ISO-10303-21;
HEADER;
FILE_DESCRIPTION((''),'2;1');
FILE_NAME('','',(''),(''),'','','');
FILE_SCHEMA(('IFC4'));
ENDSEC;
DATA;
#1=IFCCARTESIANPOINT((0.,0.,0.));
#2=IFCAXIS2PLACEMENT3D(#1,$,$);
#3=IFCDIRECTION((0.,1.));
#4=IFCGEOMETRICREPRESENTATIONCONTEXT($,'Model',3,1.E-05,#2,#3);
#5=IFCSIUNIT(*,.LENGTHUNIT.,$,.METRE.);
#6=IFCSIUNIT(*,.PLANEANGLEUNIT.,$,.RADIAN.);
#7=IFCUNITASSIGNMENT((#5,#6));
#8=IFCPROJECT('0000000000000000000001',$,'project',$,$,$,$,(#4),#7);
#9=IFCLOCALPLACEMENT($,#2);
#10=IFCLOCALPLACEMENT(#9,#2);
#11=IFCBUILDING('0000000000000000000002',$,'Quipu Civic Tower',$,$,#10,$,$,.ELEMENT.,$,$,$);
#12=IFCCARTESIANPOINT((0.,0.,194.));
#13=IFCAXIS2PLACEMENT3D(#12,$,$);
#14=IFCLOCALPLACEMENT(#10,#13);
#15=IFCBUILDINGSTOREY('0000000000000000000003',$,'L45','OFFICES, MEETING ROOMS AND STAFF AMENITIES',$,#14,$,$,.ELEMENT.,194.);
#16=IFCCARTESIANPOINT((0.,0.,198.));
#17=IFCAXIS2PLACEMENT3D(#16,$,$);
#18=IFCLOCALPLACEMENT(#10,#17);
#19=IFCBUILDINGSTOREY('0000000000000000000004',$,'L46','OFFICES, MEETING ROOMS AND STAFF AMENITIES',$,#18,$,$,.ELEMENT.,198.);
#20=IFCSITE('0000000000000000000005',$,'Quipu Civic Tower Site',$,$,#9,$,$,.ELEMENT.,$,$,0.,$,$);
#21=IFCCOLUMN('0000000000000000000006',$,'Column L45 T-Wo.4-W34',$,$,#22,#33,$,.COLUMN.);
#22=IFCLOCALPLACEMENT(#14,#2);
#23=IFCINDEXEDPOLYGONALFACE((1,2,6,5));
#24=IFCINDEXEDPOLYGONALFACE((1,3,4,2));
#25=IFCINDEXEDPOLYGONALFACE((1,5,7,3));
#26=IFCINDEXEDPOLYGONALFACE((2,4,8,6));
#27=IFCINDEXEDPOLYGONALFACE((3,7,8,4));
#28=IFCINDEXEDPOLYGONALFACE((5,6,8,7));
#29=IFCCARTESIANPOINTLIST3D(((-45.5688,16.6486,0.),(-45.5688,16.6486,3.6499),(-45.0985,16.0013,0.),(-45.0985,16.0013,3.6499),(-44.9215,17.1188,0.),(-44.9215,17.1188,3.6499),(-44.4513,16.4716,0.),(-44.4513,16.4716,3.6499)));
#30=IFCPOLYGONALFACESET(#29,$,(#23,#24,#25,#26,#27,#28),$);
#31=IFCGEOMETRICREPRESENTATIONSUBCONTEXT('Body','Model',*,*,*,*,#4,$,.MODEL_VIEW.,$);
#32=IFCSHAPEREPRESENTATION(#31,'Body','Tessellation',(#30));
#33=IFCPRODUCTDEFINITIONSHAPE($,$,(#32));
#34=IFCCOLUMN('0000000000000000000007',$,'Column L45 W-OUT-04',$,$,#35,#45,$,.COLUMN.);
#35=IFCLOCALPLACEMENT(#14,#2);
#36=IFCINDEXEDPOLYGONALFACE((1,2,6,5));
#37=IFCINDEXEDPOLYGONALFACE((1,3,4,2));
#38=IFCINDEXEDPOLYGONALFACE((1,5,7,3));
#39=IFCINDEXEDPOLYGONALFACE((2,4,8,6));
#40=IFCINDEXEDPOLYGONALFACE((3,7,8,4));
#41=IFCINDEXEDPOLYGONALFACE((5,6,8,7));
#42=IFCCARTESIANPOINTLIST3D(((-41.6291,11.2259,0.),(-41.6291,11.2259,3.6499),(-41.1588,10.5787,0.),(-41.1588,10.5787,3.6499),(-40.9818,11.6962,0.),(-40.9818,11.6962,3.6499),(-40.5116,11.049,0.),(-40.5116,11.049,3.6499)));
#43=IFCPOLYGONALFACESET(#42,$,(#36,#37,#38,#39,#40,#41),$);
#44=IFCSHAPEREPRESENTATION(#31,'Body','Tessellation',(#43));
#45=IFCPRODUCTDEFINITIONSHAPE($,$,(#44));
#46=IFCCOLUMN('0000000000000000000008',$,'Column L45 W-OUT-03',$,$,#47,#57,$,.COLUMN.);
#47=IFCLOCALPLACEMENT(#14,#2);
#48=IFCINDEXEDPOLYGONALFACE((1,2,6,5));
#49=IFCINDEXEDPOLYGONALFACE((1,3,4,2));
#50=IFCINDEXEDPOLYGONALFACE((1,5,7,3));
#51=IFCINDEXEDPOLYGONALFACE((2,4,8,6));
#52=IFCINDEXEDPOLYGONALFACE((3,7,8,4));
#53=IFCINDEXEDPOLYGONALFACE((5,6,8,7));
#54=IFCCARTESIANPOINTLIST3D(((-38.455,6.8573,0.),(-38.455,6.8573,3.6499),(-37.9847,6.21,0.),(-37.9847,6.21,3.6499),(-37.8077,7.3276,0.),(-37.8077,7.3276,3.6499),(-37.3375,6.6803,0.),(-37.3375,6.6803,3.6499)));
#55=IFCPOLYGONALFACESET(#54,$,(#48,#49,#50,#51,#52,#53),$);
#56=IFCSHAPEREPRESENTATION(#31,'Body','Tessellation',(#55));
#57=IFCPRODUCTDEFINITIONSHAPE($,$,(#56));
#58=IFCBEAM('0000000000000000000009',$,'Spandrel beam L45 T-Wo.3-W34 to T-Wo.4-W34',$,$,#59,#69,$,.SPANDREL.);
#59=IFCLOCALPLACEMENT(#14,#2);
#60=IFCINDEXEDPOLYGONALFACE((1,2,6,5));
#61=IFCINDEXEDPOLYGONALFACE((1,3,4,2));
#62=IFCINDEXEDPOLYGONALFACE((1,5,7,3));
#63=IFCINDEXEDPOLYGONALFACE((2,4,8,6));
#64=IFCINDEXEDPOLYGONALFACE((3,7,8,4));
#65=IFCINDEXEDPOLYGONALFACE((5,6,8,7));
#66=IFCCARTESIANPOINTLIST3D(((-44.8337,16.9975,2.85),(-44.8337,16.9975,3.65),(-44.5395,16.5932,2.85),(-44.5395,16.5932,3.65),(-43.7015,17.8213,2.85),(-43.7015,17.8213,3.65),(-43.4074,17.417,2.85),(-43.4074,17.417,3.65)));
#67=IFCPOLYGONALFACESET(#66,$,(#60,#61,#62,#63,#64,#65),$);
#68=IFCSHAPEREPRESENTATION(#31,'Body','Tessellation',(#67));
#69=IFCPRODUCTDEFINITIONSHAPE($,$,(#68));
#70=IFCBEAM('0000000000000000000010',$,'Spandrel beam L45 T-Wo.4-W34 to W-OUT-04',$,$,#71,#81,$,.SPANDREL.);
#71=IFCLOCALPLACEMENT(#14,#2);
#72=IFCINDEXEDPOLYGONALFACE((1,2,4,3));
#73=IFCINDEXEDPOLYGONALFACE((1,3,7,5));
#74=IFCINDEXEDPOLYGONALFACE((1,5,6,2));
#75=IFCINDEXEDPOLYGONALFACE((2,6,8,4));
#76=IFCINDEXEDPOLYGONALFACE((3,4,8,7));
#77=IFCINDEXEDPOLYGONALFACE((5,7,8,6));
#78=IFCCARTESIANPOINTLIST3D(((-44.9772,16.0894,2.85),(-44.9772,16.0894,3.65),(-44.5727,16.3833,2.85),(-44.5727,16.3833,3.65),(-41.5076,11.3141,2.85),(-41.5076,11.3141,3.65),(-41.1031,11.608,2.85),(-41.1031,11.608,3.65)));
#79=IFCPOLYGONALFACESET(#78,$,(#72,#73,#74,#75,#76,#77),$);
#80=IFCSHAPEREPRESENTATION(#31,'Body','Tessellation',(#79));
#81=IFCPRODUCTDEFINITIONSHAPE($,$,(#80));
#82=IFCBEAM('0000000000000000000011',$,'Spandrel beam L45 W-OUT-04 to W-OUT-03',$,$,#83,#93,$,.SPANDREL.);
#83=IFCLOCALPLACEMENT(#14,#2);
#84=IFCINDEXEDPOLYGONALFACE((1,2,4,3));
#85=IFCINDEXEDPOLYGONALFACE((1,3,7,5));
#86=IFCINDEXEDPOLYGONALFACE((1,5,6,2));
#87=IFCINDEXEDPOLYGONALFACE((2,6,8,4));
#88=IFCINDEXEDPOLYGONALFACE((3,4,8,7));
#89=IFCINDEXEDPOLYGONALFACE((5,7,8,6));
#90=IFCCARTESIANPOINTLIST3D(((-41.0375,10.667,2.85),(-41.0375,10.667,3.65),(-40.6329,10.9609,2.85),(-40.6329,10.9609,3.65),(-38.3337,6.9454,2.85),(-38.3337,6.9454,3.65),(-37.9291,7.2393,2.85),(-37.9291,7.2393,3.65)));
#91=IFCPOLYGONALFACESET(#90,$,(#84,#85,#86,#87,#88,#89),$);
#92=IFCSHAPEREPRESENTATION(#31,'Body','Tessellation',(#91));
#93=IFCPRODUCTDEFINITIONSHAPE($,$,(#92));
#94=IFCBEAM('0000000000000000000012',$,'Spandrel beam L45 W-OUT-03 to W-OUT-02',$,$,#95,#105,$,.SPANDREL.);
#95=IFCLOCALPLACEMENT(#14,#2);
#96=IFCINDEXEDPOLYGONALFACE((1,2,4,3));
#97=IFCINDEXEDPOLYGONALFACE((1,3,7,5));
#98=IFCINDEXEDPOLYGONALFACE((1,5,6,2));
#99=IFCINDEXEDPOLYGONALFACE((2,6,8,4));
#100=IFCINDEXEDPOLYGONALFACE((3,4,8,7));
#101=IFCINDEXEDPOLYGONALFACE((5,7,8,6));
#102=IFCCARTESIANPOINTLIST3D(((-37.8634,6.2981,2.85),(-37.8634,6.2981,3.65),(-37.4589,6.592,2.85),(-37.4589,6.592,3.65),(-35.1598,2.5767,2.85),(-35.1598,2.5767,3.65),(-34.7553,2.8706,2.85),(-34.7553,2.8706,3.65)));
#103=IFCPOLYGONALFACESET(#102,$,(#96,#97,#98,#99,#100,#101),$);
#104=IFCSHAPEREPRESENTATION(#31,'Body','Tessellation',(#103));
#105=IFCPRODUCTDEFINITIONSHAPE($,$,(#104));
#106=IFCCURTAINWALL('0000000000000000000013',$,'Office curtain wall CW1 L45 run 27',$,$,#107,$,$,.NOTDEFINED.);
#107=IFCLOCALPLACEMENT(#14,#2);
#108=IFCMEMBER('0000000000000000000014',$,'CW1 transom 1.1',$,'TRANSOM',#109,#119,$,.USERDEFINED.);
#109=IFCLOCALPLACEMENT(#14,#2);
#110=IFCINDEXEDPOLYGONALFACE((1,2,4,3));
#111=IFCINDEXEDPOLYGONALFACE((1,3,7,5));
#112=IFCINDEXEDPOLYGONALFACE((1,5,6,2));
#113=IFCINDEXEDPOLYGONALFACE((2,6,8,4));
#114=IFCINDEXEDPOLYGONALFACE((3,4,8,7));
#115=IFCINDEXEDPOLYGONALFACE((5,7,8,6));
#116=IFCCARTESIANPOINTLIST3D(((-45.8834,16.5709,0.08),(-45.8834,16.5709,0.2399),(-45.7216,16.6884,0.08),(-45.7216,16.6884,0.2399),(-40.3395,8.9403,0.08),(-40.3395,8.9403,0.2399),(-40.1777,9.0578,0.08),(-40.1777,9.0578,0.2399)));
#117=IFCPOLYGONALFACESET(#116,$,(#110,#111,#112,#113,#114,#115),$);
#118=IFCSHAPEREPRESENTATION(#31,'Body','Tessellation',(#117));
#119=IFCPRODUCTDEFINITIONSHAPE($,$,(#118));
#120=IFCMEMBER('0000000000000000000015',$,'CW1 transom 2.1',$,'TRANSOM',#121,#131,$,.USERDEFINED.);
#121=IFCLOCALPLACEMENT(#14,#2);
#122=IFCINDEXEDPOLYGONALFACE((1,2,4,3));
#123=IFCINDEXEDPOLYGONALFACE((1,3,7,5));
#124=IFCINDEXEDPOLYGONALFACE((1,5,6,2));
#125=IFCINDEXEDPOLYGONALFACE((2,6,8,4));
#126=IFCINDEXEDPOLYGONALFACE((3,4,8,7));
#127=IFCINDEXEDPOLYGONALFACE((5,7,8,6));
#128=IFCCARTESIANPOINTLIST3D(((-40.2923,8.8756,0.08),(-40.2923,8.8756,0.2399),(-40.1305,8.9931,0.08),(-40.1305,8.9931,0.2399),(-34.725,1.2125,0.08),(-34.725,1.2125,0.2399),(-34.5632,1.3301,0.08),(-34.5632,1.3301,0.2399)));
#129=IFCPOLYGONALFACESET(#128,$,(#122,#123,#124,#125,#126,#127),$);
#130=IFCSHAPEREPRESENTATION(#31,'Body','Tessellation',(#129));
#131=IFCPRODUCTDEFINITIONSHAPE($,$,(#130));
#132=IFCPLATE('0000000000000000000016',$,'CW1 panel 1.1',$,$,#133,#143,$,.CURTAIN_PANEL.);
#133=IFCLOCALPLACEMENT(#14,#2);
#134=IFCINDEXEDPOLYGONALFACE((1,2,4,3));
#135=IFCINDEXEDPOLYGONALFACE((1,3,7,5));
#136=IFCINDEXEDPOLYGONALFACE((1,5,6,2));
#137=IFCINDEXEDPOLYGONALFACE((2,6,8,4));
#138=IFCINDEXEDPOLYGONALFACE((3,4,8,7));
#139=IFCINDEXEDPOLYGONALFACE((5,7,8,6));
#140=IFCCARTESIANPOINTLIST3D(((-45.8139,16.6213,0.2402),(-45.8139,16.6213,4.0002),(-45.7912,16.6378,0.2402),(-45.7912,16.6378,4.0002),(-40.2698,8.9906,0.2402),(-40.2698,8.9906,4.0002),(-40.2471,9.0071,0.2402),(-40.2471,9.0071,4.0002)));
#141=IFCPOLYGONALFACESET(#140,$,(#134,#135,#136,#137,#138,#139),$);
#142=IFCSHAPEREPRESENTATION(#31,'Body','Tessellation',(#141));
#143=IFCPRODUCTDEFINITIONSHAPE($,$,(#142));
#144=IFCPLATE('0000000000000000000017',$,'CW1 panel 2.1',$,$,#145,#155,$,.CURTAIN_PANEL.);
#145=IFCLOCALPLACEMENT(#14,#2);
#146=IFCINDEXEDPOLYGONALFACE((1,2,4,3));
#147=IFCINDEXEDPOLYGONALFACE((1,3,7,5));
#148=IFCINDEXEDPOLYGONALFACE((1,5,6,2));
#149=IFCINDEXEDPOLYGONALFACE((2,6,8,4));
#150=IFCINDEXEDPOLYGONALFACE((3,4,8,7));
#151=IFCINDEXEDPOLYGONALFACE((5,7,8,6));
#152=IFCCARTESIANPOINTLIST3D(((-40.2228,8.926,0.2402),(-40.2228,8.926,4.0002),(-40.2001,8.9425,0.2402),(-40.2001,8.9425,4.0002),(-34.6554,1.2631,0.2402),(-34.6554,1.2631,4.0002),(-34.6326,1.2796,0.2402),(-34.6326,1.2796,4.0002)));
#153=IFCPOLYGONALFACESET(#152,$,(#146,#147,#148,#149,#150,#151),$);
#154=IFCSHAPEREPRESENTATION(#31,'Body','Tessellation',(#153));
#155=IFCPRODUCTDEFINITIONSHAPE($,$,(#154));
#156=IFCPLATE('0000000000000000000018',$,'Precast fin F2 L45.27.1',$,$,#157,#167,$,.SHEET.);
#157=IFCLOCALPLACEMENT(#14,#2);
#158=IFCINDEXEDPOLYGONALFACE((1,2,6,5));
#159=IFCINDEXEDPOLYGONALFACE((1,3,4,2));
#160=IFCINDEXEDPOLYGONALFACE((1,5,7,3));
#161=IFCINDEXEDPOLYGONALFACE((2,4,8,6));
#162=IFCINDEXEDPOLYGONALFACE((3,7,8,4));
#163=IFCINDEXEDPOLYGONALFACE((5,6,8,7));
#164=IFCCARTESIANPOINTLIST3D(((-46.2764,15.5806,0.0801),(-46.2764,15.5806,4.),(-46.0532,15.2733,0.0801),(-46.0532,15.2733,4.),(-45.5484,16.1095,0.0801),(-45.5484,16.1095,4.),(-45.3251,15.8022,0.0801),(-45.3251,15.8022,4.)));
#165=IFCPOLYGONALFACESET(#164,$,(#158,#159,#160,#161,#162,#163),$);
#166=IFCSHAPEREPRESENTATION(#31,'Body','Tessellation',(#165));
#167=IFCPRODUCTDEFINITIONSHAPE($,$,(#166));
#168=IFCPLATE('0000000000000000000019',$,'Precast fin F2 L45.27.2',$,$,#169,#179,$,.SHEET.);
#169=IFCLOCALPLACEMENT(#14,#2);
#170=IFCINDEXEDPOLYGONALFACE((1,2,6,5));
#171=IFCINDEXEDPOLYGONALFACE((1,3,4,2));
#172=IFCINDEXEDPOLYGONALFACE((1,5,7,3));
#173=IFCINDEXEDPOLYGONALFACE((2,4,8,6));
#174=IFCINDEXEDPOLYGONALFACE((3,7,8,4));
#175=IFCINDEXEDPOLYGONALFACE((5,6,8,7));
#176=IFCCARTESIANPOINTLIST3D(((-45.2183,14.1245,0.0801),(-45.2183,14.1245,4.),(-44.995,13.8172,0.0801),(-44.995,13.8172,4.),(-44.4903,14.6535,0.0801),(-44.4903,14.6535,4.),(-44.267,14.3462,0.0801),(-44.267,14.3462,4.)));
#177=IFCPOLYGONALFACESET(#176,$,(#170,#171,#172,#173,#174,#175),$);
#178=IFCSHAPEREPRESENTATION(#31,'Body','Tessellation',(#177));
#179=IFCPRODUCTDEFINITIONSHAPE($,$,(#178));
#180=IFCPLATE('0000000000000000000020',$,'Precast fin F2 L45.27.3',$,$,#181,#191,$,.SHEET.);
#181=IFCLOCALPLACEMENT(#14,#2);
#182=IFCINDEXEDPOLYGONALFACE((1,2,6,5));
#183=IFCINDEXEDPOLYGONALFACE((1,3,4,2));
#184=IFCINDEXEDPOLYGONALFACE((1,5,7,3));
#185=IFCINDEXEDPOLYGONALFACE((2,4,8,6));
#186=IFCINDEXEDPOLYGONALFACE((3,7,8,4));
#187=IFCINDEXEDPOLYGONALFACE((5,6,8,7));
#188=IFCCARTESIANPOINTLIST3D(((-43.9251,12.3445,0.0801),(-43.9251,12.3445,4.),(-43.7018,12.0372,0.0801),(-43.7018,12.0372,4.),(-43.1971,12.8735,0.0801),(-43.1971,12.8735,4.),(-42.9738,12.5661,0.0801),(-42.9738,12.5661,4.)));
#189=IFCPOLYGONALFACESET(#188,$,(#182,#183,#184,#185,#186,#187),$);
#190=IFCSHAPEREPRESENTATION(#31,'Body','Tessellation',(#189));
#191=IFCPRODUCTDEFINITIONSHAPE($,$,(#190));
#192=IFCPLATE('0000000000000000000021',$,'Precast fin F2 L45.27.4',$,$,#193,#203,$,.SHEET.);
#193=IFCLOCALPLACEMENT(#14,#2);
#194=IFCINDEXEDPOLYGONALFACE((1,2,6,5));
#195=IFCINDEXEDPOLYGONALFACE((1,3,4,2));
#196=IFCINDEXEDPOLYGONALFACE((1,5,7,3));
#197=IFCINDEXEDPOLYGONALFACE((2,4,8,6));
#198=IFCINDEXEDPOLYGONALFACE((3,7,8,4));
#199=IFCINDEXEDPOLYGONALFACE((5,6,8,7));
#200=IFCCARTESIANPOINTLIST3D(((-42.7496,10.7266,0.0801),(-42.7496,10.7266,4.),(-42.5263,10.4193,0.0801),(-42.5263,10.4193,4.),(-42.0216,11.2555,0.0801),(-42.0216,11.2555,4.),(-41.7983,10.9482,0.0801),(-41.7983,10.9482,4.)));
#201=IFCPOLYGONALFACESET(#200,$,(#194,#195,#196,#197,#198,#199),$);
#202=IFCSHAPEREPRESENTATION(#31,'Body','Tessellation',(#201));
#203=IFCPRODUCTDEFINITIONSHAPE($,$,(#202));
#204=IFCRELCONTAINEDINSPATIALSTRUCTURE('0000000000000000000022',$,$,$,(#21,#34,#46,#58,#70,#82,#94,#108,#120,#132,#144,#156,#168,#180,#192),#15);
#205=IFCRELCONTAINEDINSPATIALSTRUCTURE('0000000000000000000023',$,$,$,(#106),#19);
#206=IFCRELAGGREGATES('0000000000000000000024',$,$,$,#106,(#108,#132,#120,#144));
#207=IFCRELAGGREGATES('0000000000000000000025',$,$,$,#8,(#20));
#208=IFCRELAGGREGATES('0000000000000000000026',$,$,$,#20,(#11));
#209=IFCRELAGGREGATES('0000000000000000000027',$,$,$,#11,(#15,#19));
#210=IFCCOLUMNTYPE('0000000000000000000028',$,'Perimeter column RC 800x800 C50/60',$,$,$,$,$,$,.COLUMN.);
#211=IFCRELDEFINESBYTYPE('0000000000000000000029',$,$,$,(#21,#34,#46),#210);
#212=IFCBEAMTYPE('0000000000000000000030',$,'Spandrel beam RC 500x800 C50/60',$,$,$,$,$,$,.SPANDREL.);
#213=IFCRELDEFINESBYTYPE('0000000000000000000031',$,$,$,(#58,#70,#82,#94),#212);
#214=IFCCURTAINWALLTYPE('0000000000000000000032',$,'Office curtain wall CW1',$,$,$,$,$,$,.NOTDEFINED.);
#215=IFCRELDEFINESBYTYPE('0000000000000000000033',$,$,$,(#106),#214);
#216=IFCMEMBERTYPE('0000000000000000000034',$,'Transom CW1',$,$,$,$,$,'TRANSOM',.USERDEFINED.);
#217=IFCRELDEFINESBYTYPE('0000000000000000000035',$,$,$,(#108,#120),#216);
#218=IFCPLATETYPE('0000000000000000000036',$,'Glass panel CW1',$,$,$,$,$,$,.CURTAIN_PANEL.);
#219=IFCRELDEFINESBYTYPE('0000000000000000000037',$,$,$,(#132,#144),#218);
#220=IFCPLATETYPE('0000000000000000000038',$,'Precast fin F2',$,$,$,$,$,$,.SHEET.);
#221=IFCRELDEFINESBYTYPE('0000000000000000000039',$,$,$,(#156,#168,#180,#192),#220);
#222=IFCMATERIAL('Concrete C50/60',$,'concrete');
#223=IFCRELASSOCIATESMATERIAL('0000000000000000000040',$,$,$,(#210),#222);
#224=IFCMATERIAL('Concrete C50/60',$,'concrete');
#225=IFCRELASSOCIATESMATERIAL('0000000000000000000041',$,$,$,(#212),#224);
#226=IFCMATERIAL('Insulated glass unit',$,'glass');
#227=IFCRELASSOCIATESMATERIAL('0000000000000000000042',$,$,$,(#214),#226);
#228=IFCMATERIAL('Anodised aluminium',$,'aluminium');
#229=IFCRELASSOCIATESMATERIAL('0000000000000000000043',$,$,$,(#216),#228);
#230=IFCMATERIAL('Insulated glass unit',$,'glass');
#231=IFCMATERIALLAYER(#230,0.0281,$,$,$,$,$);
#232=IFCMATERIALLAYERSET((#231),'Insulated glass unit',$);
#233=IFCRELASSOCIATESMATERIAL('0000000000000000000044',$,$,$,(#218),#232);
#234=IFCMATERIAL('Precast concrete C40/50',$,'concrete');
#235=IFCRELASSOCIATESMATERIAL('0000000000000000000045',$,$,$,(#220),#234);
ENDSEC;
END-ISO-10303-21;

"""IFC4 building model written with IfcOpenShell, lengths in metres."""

from ifc_helpers import new_model, si_unit, direction, frame, origin, origin_2d, place, context, subcontext, project, spatial, rectangle, extrude, material, layer, layer_set, material_profile, profile_set, type_object, element, aggregate, save


model = new_model("IFC4")

# Units and contexts
model_context = context("Model", 3, precision=1e-05, world=origin(), true_north=direction((0.0, 1.0)))
body_context = subcontext(model_context, "Body", "Model", "MODEL_VIEW")
ifc_project = project(units=[si_unit("LENGTHUNIT", "METRE"), si_unit("PLANEANGLEUNIT", "RADIAN")], contexts=[model_context])

# Site, building, storey
site_placement = place(None, origin())
site = spatial("IfcSite", under=ifc_project, at=site_placement, Name="Quipu Civic Tower Site", CompositionType="ELEMENT", RefElevation=0.0)
building_placement = place(site_placement, origin())
building = spatial("IfcBuilding", under=site, at=building_placement, Name="Quipu Civic Tower", CompositionType="ELEMENT")
storey_1_placement = place(building_placement, frame((0.0, 0.0, 194.0)))
storey_1 = spatial("IfcBuildingStorey", under=building, at=storey_1_placement, Name="L45", Description="OFFICES, MEETING ROOMS AND STAFF AMENITIES", CompositionType="ELEMENT", Elevation=194.0)

# Columns
ifc_material_1 = material(Name="Concrete C50/60", Category="concrete")
ifc_material_profile_1 = material_profile(ifc_material_1, rectangle(XDim=0.8, YDim=0.8, at=origin_2d()), Name="RC800x800")
ifc_profile_set_1 = profile_set([ifc_material_profile_1], Name="Concrete C50/60")
column_type = type_object("IfcColumnType", Name="Perimeter column RC 800x800 C50/60", PredefinedType="COLUMN", material=ifc_profile_set_1)
for number, where, z_axis, x_axis, name in (
    (1, (-45.01, 16.5601, 0.0), (0.0, 0.0, 1.0), (0.587785, -0.809017, 0.0), "Column L45 T-Wo.4-W34"),
    (2, (-41.0703, 11.1375, 0.0), (0.0, 0.0, 1.0), (0.587785, -0.809017, 0.0), "Column L45 W-OUT-04"),
    (3, (-37.8962, 6.7688, 0.0), (0.0, 0.0, 1.0), (0.587785, -0.809017, 0.0), "Column L45 W-OUT-03"),
):
    element("IfcColumn", number, at=place(storey_1_placement, frame(where, z_axis=z_axis, x_axis=x_axis)), inside=storey_1, type_object=column_type, Name=name, PredefinedType="COLUMN", context=body_context, shape_type="SweptSolid", body=[
        extrude(rectangle(XDim=0.8, YDim=0.8, at=origin_2d()), origin(), (0.0, 0.0, 1.0), 3.6499),
    ])

# Beams
ifc_material_2 = material(Name="Concrete C50/60", Category="concrete")
ifc_material_profile_2 = material_profile(ifc_material_2, rectangle(XDim=0.5, YDim=0.8, at=origin_2d()), Name="RC500x800")
ifc_profile_set_2 = profile_set([ifc_material_profile_2], Name="Concrete C50/60")
beam_type = type_object("IfcBeamType", Name="Spandrel beam RC 500x800 C50/60", PredefinedType="SPANDREL", material=ifc_profile_set_2)
beam_1_placement = place(storey_1_placement, frame((-43.5544, 17.6191, 3.25), z_axis=(-0.8086, -0.588358, 0.0), x_axis=(0.588358, -0.8086, 0.0)))
element("IfcBeam", 4, at=beam_1_placement, inside=storey_1, type_object=beam_type, Name="Spandrel beam L45 T-Wo.3-W34 to T-Wo.4-W34", PredefinedType="SPANDREL", context=body_context, shape_type="SweptSolid", body=[
    extrude(rectangle(XDim=0.5, YDim=0.8, at=origin_2d()), origin(), (0.0, 0.0, 1.0), 1.4001),
])
beam_2_placement = place(storey_1_placement, frame((-44.7749, 16.2363, 3.25), z_axis=(0.5878, -0.809006, 0.0), x_axis=(0.809006, 0.5878, 0.0)))
element("IfcBeam", 5, at=beam_2_placement, inside=storey_1, type_object=beam_type, Name="Spandrel beam L45 T-Wo.4-W34 to W-OUT-04", PredefinedType="SPANDREL", context=body_context, shape_type="SweptSolid", body=[
    extrude(rectangle(XDim=0.5, YDim=0.8, at=origin_2d()), origin(), (0.0, 0.0, 1.0), 5.9026),
])
beam_3_placement = place(storey_1_placement, frame((-40.8352, 10.814, 3.25), z_axis=(0.587771, -0.809027, 0.0), x_axis=(0.809027, 0.587771, 0.0)))
element("IfcBeam", 6, at=beam_3_placement, inside=storey_1, type_object=beam_type, Name="Spandrel beam L45 W-OUT-04 to W-OUT-03", PredefinedType="SPANDREL", context=body_context, shape_type="SweptSolid", body=[
    extrude(rectangle(XDim=0.5, YDim=0.8, at=origin_2d()), origin(), (0.0, 0.0, 1.0), 4.6001),
])
beam_4_placement = place(storey_1_placement, frame((-37.6611, 6.4451, 3.25), z_axis=(0.587761, -0.809034, 0.0), x_axis=(0.809034, 0.587761, 0.0)))
element("IfcBeam", 7, at=beam_4_placement, inside=storey_1, type_object=beam_type, Name="Spandrel beam L45 W-OUT-03 to W-OUT-02", PredefinedType="SPANDREL", context=body_context, shape_type="SweptSolid", body=[
    extrude(rectangle(XDim=0.5, YDim=0.8, at=origin_2d()), origin(), (0.0, 0.0, 1.0), 4.5999),
])

# Shared definitions
storey_2_placement = place(building_placement, frame((0.0, 0.0, 198.0)))
storey_2 = spatial("IfcBuildingStorey", under=building, at=storey_2_placement, Name="L46", Description="OFFICES, MEETING ROOMS AND STAFF AMENITIES", CompositionType="ELEMENT", Elevation=198.0)

# Curtain wall, members, plates
ifc_material_3 = material(Name="Insulated glass unit", Category="glass")
curtain_wall_type = type_object("IfcCurtainWallType", Name="Office curtain wall CW1", PredefinedType="NOTDEFINED", material=ifc_material_3)
curtain_wall_placement = place(storey_2_placement, origin())
curtain_wall = element("IfcCurtainWall", 8, at=curtain_wall_placement, inside=storey_2, type_object=curtain_wall_type, Name="Office curtain wall CW1 L45 run 27", PredefinedType="NOTDEFINED")
ifc_material_4 = material(Name="Anodised aluminium", Category="aluminium")
ifc_material_profile_3 = material_profile(ifc_material_4, rectangle(XDim=0.2, YDim=0.1599, at=origin_2d()), Name="RECT 200x160")
ifc_profile_set_3 = profile_set([ifc_material_profile_3], Name="Anodised aluminium")
member_type = type_object("IfcMemberType", Name="Transom CW1", ElementType="TRANSOM", PredefinedType="USERDEFINED", material=ifc_profile_set_3)
member_1_placement = place(storey_1_placement, frame((-45.8025, 16.6296, 0.1599), z_axis=(0.587784, -0.809018, 0.0), x_axis=(0.809018, 0.587784, 0.0)))
member_1 = element("IfcMember", 9, at=member_1_placement, inside=storey_1, type_object=member_type, Name="CW1 transom 1.1", ObjectType="TRANSOM", PredefinedType="USERDEFINED", context=body_context, shape_type="SweptSolid", body=[
    extrude(rectangle(XDim=0.2, YDim=0.1599, at=origin_2d()), origin(), (0.0, 0.0, 1.0), 9.4319),
])
member_2_placement = place(storey_1_placement, frame((-40.2114, 8.9343, 0.1599), z_axis=(0.587773, -0.809026, 0.0), x_axis=(0.809026, 0.587773, 0.0)))
member_2 = element("IfcMember", 10, at=member_2_placement, inside=storey_1, type_object=member_type, Name="CW1 transom 2.1", ObjectType="TRANSOM", PredefinedType="USERDEFINED", context=body_context, shape_type="SweptSolid", body=[
    extrude(rectangle(XDim=0.2, YDim=0.1599, at=origin_2d()), origin(), (0.0, 0.0, 1.0), 9.4719),
])
ifc_material_5 = material(Name="Insulated glass unit", Category="glass")
ifc_layer_1 = layer(ifc_material_5, 0.0281)
ifc_layer_set_1 = layer_set([ifc_layer_1], Name="Insulated glass unit")
plate_type_1 = type_object("IfcPlateType", Name="Glass panel CW1", PredefinedType="CURTAIN_PANEL", material=ifc_layer_set_1)
plate_1_placement = place(storey_1_placement, frame((-43.0305, 12.8142, 0.2402), z_axis=(0.0, 0.0, 1.0), x_axis=(0.587786, -0.809017, 0.0)))
plate_1 = element("IfcPlate", 11, at=plate_1_placement, inside=storey_1, type_object=plate_type_1, Name="CW1 panel 1.1", PredefinedType="CURTAIN_PANEL", context=body_context, shape_type="SweptSolid", body=[
    extrude(rectangle(XDim=9.4321, YDim=0.0281, at=origin_2d()), origin(), (0.0, 0.0, 1.0), 3.76),
])
plate_2_placement = place(storey_1_placement, frame((-37.4277, 5.1028, 0.2402), z_axis=(0.0, 0.0, 1.0), x_axis=(0.587786, -0.809017, 0.0)))
plate_2 = element("IfcPlate", 12, at=plate_2_placement, inside=storey_1, type_object=plate_type_1, Name="CW1 panel 2.1", PredefinedType="CURTAIN_PANEL", context=body_context, shape_type="SweptSolid", body=[
    extrude(rectangle(XDim=9.4719, YDim=0.0281, at=origin_2d()), origin(), (0.0, 0.0, 1.0), 3.76),
])
aggregate(curtain_wall, [member_1, plate_1, member_2, plate_2])

# Plates
ifc_material_6 = material(Name="Precast concrete C40/50", Category="concrete")
plate_type_2 = type_object("IfcPlateType", Name="Precast fin F2", PredefinedType="SHEET", material=ifc_material_6)
for number, where, z_axis, x_axis, name in (
    (13, (-45.8008, 15.6914, 0.0801), (0.0, 0.0, 1.0), (0.587786, -0.809017, 0.0), "Precast fin F2 L45.27.1"),
    (14, (-44.7427, 14.2354, 0.0801), (0.0, 0.0, 1.0), (0.587786, -0.809017, 0.0), "Precast fin F2 L45.27.2"),
    (15, (-43.4495, 12.4553, 0.0801), (0.0, 0.0, 1.0), (0.587786, -0.809017, 0.0), "Precast fin F2 L45.27.3"),
    (16, (-42.2739, 10.8374, 0.0801), (0.0, 0.0, 1.0), (0.587786, -0.809017, 0.0), "Precast fin F2 L45.27.4"),
):
    element("IfcPlate", number, at=place(storey_1_placement, frame(where, z_axis=z_axis, x_axis=x_axis)), inside=storey_1, type_object=plate_type_2, Name=name, PredefinedType="SHEET", context=body_context, shape_type="SweptSolid", body=[
        extrude(rectangle(XDim=0.3799, YDim=0.8999, at=origin_2d()), origin(), (0.0, 0.0, 1.0), 3.9199),
    ])

save(model, "model.ifc")
